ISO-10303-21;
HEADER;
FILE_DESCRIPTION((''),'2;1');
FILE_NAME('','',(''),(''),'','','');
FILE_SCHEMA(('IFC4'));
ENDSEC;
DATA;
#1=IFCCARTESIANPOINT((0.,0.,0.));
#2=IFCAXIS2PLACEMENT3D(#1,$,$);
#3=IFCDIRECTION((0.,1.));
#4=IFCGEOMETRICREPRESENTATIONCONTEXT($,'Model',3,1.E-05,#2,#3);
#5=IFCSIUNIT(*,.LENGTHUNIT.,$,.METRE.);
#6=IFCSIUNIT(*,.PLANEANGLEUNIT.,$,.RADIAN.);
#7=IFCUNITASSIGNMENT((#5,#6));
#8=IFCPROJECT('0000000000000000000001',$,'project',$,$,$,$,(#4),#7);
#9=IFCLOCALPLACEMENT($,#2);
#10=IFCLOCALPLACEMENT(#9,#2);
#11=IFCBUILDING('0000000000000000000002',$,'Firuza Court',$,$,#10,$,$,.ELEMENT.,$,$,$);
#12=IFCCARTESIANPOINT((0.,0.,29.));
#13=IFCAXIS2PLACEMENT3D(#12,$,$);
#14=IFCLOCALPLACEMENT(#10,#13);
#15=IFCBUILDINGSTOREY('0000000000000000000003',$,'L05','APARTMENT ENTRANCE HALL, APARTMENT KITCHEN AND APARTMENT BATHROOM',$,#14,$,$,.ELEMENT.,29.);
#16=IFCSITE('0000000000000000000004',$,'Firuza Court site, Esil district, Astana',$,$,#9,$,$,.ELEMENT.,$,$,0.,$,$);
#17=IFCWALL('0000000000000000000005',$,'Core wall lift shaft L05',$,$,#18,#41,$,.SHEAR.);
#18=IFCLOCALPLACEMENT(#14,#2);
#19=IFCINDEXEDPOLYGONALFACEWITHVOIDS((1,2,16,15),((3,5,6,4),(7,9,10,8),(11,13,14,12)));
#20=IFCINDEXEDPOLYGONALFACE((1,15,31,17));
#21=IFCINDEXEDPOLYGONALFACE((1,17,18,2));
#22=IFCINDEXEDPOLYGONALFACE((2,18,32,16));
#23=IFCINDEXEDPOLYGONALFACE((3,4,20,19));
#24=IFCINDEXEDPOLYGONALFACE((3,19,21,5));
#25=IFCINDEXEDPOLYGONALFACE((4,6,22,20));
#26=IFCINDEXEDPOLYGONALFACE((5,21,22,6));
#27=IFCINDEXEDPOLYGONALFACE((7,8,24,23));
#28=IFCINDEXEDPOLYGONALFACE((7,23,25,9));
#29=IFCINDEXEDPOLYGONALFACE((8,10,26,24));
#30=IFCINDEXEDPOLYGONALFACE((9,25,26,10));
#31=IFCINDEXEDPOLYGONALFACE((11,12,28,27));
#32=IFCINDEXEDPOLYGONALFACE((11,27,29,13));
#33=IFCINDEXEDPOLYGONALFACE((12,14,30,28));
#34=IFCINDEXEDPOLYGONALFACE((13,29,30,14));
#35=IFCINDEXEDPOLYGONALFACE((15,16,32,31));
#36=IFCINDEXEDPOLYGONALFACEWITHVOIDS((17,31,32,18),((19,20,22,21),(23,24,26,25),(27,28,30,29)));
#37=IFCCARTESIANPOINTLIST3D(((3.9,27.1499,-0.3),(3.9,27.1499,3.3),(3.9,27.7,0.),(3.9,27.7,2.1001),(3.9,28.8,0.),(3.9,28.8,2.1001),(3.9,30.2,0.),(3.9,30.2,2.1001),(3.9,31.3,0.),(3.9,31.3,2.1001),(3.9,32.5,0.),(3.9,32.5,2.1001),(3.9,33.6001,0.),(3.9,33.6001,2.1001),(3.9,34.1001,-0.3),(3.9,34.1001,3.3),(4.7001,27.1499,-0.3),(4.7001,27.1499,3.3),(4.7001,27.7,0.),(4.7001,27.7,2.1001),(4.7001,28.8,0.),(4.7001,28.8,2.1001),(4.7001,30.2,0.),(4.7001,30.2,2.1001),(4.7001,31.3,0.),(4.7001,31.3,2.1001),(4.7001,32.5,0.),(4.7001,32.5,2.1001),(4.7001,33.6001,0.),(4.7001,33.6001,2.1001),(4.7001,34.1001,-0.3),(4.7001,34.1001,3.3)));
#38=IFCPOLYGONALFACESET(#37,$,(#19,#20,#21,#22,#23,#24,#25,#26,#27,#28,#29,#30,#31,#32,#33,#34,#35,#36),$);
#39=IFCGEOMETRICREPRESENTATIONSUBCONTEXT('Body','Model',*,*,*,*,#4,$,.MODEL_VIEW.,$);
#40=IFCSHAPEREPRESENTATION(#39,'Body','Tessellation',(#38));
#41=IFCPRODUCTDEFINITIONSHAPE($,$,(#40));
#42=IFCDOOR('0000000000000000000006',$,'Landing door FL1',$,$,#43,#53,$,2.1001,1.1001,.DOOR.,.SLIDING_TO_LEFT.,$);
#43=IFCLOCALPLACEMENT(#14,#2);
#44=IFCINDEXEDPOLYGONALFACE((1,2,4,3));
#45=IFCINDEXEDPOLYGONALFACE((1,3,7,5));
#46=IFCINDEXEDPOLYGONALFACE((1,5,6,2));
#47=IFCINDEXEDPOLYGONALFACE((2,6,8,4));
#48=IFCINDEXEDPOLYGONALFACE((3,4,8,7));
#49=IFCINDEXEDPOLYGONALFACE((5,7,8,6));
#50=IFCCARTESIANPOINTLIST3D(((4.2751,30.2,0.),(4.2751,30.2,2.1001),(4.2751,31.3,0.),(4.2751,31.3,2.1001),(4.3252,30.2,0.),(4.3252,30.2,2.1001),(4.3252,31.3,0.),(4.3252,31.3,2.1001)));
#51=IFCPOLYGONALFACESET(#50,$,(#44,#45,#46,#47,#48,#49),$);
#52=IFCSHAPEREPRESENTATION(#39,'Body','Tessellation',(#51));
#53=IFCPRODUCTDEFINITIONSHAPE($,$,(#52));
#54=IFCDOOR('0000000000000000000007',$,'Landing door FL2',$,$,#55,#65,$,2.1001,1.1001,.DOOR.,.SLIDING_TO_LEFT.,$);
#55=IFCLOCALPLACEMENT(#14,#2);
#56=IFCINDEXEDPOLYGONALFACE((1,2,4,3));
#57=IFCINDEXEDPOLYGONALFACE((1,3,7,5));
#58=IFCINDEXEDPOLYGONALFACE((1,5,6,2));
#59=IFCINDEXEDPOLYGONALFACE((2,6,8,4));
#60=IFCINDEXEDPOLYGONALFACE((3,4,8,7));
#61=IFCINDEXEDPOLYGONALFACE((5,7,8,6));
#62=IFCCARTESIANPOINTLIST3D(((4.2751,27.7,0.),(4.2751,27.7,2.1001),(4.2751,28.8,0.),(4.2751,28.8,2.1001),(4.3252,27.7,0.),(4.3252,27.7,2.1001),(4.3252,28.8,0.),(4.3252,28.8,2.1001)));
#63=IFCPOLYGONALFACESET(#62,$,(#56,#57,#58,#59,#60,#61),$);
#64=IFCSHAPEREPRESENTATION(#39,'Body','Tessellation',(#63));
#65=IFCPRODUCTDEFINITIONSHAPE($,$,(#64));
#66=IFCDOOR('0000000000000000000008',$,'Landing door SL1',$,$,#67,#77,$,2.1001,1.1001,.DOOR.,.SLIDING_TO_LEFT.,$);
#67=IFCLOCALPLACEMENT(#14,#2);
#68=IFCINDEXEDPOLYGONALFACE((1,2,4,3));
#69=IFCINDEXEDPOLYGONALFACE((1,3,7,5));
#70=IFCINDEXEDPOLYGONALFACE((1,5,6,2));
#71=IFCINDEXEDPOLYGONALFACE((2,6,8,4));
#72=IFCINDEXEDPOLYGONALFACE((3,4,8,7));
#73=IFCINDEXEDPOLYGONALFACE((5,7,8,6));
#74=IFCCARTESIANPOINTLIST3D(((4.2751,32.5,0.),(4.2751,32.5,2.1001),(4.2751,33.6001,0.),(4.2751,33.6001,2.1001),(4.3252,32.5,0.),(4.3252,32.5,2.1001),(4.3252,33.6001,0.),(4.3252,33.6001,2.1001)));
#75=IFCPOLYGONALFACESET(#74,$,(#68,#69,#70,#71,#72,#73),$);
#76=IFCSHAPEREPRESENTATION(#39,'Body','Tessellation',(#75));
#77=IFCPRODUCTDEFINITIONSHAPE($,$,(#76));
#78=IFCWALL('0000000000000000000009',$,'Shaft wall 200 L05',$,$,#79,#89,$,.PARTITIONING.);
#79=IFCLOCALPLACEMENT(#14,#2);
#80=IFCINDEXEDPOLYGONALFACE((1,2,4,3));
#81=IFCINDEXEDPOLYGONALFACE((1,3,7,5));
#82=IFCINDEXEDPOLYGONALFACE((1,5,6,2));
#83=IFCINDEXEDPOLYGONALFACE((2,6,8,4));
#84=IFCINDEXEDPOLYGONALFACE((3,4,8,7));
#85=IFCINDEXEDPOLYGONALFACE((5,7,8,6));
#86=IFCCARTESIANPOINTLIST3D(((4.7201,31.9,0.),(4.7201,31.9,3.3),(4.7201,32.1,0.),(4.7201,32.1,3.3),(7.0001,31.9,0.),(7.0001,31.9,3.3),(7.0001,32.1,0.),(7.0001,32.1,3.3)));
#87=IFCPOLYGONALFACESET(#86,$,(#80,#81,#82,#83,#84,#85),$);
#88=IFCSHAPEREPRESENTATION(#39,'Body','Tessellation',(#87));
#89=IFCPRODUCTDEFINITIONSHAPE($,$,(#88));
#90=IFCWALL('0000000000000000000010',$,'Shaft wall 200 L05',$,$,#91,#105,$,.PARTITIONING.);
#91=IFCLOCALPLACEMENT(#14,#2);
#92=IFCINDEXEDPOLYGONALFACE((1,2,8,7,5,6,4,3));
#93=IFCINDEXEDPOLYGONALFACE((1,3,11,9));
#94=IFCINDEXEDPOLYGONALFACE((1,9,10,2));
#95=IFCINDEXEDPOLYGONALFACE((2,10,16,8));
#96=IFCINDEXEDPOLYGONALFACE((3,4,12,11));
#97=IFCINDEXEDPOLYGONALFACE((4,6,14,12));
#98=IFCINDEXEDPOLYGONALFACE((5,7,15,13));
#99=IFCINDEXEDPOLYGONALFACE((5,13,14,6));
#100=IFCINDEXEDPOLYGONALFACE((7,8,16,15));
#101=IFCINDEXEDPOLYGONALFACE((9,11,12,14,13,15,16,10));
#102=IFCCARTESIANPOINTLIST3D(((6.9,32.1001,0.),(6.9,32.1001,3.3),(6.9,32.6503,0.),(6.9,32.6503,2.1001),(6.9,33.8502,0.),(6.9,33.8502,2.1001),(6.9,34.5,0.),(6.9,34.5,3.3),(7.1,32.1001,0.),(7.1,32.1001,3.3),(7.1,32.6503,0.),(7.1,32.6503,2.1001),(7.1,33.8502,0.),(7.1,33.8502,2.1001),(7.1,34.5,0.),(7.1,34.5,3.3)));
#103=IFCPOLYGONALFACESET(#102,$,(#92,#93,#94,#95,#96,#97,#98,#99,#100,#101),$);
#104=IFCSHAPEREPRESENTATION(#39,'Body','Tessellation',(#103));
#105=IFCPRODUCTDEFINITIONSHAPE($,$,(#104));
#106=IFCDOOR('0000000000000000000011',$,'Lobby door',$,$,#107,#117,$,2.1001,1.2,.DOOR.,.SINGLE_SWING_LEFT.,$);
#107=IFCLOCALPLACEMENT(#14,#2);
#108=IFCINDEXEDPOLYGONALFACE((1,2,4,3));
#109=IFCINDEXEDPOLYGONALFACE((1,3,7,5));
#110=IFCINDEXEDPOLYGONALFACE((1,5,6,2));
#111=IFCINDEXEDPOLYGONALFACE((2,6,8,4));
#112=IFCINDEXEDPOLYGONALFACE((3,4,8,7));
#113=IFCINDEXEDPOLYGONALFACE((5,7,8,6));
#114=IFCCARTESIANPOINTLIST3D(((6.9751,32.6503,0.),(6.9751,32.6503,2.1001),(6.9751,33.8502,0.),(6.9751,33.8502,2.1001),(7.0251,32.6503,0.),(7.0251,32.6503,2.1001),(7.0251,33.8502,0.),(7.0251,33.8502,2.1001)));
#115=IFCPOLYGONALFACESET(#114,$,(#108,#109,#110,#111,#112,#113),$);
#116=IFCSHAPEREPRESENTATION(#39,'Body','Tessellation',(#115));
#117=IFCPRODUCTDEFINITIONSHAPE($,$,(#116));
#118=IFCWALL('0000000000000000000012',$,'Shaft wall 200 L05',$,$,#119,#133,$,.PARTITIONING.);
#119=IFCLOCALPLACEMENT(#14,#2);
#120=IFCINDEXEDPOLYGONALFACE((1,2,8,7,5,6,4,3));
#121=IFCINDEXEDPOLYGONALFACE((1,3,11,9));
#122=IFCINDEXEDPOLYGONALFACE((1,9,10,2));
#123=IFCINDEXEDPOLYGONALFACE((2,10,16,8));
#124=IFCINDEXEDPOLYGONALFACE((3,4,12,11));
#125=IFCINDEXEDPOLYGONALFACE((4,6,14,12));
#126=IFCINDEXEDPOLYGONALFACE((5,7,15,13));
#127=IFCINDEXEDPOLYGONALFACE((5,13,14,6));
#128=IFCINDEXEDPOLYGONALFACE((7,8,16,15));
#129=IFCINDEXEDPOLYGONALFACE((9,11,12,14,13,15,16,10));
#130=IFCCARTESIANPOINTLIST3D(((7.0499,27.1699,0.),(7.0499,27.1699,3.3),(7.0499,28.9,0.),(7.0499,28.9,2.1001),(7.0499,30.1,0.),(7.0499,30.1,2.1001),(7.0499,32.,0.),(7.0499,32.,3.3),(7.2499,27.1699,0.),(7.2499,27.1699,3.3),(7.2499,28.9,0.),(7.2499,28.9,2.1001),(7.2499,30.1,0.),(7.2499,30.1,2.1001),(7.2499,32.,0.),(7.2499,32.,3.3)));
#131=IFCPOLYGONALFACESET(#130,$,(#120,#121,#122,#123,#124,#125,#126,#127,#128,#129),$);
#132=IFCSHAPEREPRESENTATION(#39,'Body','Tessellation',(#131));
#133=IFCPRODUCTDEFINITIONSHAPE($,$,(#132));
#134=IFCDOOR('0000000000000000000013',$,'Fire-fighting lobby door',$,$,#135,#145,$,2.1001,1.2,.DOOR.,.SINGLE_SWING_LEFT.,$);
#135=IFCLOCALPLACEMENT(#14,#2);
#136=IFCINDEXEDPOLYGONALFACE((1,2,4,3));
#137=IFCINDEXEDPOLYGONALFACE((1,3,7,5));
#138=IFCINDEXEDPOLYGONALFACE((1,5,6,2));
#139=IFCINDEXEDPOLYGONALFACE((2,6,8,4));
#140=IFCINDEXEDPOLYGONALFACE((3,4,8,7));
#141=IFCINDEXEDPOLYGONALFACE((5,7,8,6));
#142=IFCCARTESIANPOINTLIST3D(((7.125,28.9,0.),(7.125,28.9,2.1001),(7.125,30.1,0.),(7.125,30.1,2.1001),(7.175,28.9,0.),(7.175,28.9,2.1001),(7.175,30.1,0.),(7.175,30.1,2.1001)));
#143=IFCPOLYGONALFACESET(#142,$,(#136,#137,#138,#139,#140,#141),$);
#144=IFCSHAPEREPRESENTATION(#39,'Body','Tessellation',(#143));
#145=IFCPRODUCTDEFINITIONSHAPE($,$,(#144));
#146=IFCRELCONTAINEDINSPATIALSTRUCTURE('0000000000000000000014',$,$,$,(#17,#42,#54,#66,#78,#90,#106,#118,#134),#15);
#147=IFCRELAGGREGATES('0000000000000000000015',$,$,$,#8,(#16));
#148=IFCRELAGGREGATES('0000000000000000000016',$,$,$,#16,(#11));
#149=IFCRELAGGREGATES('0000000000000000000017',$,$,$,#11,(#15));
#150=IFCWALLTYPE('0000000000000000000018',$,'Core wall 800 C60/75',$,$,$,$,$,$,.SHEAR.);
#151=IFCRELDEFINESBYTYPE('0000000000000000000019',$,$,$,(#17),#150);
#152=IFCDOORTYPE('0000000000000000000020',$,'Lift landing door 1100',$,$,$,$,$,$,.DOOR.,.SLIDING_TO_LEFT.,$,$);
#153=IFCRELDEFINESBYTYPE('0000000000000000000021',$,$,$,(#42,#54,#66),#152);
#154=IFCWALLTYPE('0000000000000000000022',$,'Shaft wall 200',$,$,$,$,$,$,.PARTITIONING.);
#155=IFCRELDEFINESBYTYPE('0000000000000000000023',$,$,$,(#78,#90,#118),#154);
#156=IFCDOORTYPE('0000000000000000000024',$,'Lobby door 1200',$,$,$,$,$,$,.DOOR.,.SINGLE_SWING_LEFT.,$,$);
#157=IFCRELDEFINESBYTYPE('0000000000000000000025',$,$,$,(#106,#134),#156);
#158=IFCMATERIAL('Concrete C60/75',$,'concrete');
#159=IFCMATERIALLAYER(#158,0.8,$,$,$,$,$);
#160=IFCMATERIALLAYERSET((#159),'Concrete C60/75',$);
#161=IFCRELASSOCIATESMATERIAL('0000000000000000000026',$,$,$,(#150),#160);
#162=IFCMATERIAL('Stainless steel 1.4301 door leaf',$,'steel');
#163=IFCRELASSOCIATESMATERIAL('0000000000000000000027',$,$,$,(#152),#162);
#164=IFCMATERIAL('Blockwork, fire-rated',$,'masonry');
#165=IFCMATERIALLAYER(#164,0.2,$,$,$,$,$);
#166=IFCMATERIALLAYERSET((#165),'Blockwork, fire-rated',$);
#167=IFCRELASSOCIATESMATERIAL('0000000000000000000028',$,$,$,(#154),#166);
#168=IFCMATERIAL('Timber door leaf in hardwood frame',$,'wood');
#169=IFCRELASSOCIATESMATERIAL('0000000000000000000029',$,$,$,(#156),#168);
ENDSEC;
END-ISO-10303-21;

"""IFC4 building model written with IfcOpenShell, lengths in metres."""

from ifc_helpers import new_model, si_unit, direction, frame, frame_2d, origin, place, context, subcontext, project, spatial, rectangle, extrude, material, layer, layer_set, type_object, element, fill, save


model = new_model("IFC4")

# Units and contexts
model_context = context("Model", 3, precision=1e-05, world=origin(), true_north=direction((0.0, 1.0)))
body_context = subcontext(model_context, "Body", "Model", "MODEL_VIEW")
ifc_project = project(units=[si_unit("LENGTHUNIT", "METRE"), si_unit("PLANEANGLEUNIT", "RADIAN")], contexts=[model_context])

# Site, building, storey
site_placement = place(None, origin())
site = spatial("IfcSite", under=ifc_project, at=site_placement, Name="Firuza Court site, Esil district, Astana", CompositionType="ELEMENT", RefElevation=0.0)
building_placement = place(site_placement, origin())
building = spatial("IfcBuilding", under=site, at=building_placement, Name="Firuza Court", CompositionType="ELEMENT")
storey_placement = place(building_placement, frame((0.0, 0.0, 29.0)))
storey = spatial("IfcBuildingStorey", under=building, at=storey_placement, Name="L05", Description="APARTMENT ENTRANCE HALL, APARTMENT KITCHEN AND APARTMENT BATHROOM", CompositionType="ELEMENT", Elevation=29.0)

# Shared definitions
ifc_material_1 = material(Name="Concrete C60/75", Category="concrete")

# Shared definitions
ifc_layer_1 = layer(ifc_material_1, 0.8)
ifc_layer_set_1 = layer_set([ifc_layer_1], Name="Concrete C60/75")
wall_type_1 = type_object("IfcWallType", Name="Core wall 800 C60/75", PredefinedType="SHEAR", material=ifc_layer_set_1)

# Wall, openings, doors
wall_1_placement = place(storey_placement, frame((4.3, 27.1499, -0.3), z_axis=(0.0, 0.0, 1.0), x_axis=(0.0, 1.0, 0.0)))
wall_1 = element("IfcWall", 1, at=wall_1_placement, inside=storey, type_object=wall_type_1, Name="Core wall lift shaft L05", PredefinedType="SHEAR", context=body_context, shape_type="SweptSolid", body=[
    extrude(rectangle(XDim=6.9502, YDim=0.8, at=frame_2d((3.4751, 0.0))), origin(), (0.0, 0.0, 1.0), 3.6001),
])
opening_1_placement = place(wall_1_placement, frame((3.05, 0.0, 0.3)))
opening_1 = element("IfcOpeningElement", 2, at=opening_1_placement, cuts=wall_1, PredefinedType="OPENING", context=body_context, shape_type="SweptSolid", body=[
    extrude(rectangle(XDim=1.1001, YDim=2.1001, at=frame_2d((0.55, 1.05))), frame((0.0, 0.4121, 0.0), z_axis=(0.0, -1.0, 0.0), x_axis=(1.0, 0.0, 0.0)), (0.0, 0.0, 1.0), 0.824),
])
opening_2_placement = place(wall_1_placement, frame((0.55, 0.0, 0.3)))
opening_2 = element("IfcOpeningElement", 3, at=opening_2_placement, cuts=wall_1, PredefinedType="OPENING", context=body_context, shape_type="SweptSolid", body=[
    extrude(rectangle(XDim=1.1001, YDim=2.1001, at=frame_2d((0.55, 1.05))), frame((0.0, 0.4121, 0.0), z_axis=(0.0, -1.0, 0.0), x_axis=(1.0, 0.0, 0.0)), (0.0, 0.0, 1.0), 0.824),
])
opening_3_placement = place(wall_1_placement, frame((5.3501, 0.0, 0.3)))
opening_3 = element("IfcOpeningElement", 4, at=opening_3_placement, cuts=wall_1, PredefinedType="OPENING", context=body_context, shape_type="SweptSolid", body=[
    extrude(rectangle(XDim=1.1001, YDim=2.1001, at=frame_2d((0.55, 1.05))), frame((0.0, 0.4121, 0.0), z_axis=(0.0, -1.0, 0.0), x_axis=(1.0, 0.0, 0.0)), (0.0, 0.0, 1.0), 0.824),
])
ifc_material_2 = material(Name="Stainless steel 1.4301 door leaf", Category="steel")
door_type_1 = type_object("IfcDoorType", Name="Lift landing door 1100", OperationType="SLIDING_TO_LEFT", PredefinedType="DOOR", material=ifc_material_2)
door_1_placement = place(opening_1_placement, origin())
door_1 = element("IfcDoor", 5, at=door_1_placement, inside=storey, type_object=door_type_1, Name="Landing door FL1", OperationType="SLIDING_TO_LEFT", OverallHeight=2.1001, OverallWidth=1.1001, PredefinedType="DOOR", context=body_context, shape_type="SweptSolid", body=[
    extrude(rectangle(XDim=1.1001, YDim=2.1001, at=frame_2d((0.55, 1.05))), frame((0.0, 0.0249, 0.0), z_axis=(0.0, -1.0, 0.0), x_axis=(1.0, 0.0, 0.0)), (0.0, 0.0, 1.0), 0.05),
])
fill(opening_1, door_1)
door_2_placement = place(opening_2_placement, origin())
door_2 = element("IfcDoor", 6, at=door_2_placement, inside=storey, type_object=door_type_1, Name="Landing door FL2", OperationType="SLIDING_TO_LEFT", OverallHeight=2.1001, OverallWidth=1.1001, PredefinedType="DOOR", context=body_context, shape_type="SweptSolid", body=[
    extrude(rectangle(XDim=1.1001, YDim=2.1001, at=frame_2d((0.55, 1.05))), frame((0.0, 0.0249, 0.0), z_axis=(0.0, -1.0, 0.0), x_axis=(1.0, 0.0, 0.0)), (0.0, 0.0, 1.0), 0.05),
])
fill(opening_2, door_2)
door_3_placement = place(opening_3_placement, origin())
door_3 = element("IfcDoor", 7, at=door_3_placement, inside=storey, type_object=door_type_1, Name="Landing door SL1", OperationType="SLIDING_TO_LEFT", OverallHeight=2.1001, OverallWidth=1.1001, PredefinedType="DOOR", context=body_context, shape_type="SweptSolid", body=[
    extrude(rectangle(XDim=1.1001, YDim=2.1001, at=frame_2d((0.55, 1.05))), frame((0.0, 0.0249, 0.0), z_axis=(0.0, -1.0, 0.0), x_axis=(1.0, 0.0, 0.0)), (0.0, 0.0, 1.0), 0.05),
])
fill(opening_3, door_3)

# Wall
ifc_material_3 = material(Name="Blockwork, fire-rated", Category="masonry")
ifc_layer_2 = layer(ifc_material_3, 0.2)
ifc_layer_set_2 = layer_set([ifc_layer_2], Name="Blockwork, fire-rated")
wall_type_2 = type_object("IfcWallType", Name="Shaft wall 200", PredefinedType="PARTITIONING", material=ifc_layer_set_2)
wall_2_placement = place(storey_placement, frame((4.72, 32.0, 0.0), z_axis=(0.0, 0.0, 1.0), x_axis=(1.0, 0.0, 0.0)))
element("IfcWall", 8, at=wall_2_placement, inside=storey, type_object=wall_type_2, Name="Shaft wall 200 L05", PredefinedType="PARTITIONING", context=body_context, shape_type="SweptSolid", body=[
    extrude(rectangle(XDim=2.28, YDim=0.2, at=frame_2d((1.1401, 0.0))), origin(), (0.0, 0.0, 1.0), 3.3),
])

# Walls, openings, doors
wall_3_placement = place(storey_placement, frame((7.0, 32.1001, 0.0), z_axis=(0.0, 0.0, 1.0), x_axis=(0.0, 1.0, 0.0)))
wall_3 = element("IfcWall", 9, at=wall_3_placement, inside=storey, type_object=wall_type_2, Name="Shaft wall 200 L05", PredefinedType="PARTITIONING", context=body_context, shape_type="SweptSolid", body=[
    extrude(rectangle(XDim=2.3999, YDim=0.2, at=frame_2d((1.2, 0.0))), origin(), (0.0, 0.0, 1.0), 3.3),
])
opening_4_placement = place(wall_3_placement, frame((0.55, 0.0, 0.0)))
opening_4 = element("IfcOpeningElement", 10, at=opening_4_placement, cuts=wall_3, PredefinedType="OPENING", context=body_context, shape_type="SweptSolid", body=[
    extrude(rectangle(XDim=1.2, YDim=2.1001, at=frame_2d((0.6001, 1.05))), frame((0.0, 0.1118, 0.0), z_axis=(0.0, -1.0, 0.0), x_axis=(1.0, 0.0, 0.0)), (0.0, 0.0, 1.0), 0.2239),
])
ifc_material_4 = material(Name="Timber door leaf in hardwood frame", Category="wood")
door_type_2 = type_object("IfcDoorType", Name="Lobby door 1200", OperationType="SINGLE_SWING_LEFT", PredefinedType="DOOR", material=ifc_material_4)
door_4_placement = place(opening_4_placement, origin())
door_4 = element("IfcDoor", 11, at=door_4_placement, inside=storey, type_object=door_type_2, Name="Lobby door", OperationType="SINGLE_SWING_LEFT", OverallHeight=2.1001, OverallWidth=1.2, PredefinedType="DOOR", context=body_context, shape_type="SweptSolid", body=[
    extrude(rectangle(XDim=1.2, YDim=2.1001, at=frame_2d((0.6001, 1.05))), frame((0.0, 0.0249, 0.0), z_axis=(0.0, -1.0, 0.0), x_axis=(1.0, 0.0, 0.0)), (0.0, 0.0, 1.0), 0.05),
])
fill(opening_4, door_4)
wall_4_placement = place(storey_placement, frame((7.1499, 27.1699, 0.0), z_axis=(0.0, 0.0, 1.0), x_axis=(0.0, 1.0, 0.0)))
wall_4 = element("IfcWall", 12, at=wall_4_placement, inside=storey, type_object=wall_type_2, Name="Shaft wall 200 L05", PredefinedType="PARTITIONING", context=body_context, shape_type="SweptSolid", body=[
    extrude(rectangle(XDim=4.8301, YDim=0.2, at=frame_2d((2.415, 0.0))), origin(), (0.0, 0.0, 1.0), 3.3),
])
opening_5_placement = place(wall_4_placement, frame((1.73, 0.0, 0.0)))
opening_5 = element("IfcOpeningElement", 13, at=opening_5_placement, cuts=wall_4, PredefinedType="OPENING", context=body_context, shape_type="SweptSolid", body=[
    extrude(rectangle(XDim=1.2, YDim=2.1001, at=frame_2d((0.6001, 1.05))), frame((0.0, 0.1118, 0.0), z_axis=(0.0, -1.0, 0.0), x_axis=(1.0, 0.0, 0.0)), (0.0, 0.0, 1.0), 0.2239),
])
door_5_placement = place(opening_5_placement, origin())
door_5 = element("IfcDoor", 14, at=door_5_placement, inside=storey, type_object=door_type_2, Name="Fire-fighting lobby door", OperationType="SINGLE_SWING_LEFT", OverallHeight=2.1001, OverallWidth=1.2, PredefinedType="DOOR", context=body_context, shape_type="SweptSolid", body=[
    extrude(rectangle(XDim=1.2, YDim=2.1001, at=frame_2d((0.6001, 1.05))), frame((0.0, 0.0249, 0.0), z_axis=(0.0, -1.0, 0.0), x_axis=(1.0, 0.0, 0.0)), (0.0, 0.0, 1.0), 0.05),
])
fill(opening_5, door_5)

save(model, "model.ifc")
